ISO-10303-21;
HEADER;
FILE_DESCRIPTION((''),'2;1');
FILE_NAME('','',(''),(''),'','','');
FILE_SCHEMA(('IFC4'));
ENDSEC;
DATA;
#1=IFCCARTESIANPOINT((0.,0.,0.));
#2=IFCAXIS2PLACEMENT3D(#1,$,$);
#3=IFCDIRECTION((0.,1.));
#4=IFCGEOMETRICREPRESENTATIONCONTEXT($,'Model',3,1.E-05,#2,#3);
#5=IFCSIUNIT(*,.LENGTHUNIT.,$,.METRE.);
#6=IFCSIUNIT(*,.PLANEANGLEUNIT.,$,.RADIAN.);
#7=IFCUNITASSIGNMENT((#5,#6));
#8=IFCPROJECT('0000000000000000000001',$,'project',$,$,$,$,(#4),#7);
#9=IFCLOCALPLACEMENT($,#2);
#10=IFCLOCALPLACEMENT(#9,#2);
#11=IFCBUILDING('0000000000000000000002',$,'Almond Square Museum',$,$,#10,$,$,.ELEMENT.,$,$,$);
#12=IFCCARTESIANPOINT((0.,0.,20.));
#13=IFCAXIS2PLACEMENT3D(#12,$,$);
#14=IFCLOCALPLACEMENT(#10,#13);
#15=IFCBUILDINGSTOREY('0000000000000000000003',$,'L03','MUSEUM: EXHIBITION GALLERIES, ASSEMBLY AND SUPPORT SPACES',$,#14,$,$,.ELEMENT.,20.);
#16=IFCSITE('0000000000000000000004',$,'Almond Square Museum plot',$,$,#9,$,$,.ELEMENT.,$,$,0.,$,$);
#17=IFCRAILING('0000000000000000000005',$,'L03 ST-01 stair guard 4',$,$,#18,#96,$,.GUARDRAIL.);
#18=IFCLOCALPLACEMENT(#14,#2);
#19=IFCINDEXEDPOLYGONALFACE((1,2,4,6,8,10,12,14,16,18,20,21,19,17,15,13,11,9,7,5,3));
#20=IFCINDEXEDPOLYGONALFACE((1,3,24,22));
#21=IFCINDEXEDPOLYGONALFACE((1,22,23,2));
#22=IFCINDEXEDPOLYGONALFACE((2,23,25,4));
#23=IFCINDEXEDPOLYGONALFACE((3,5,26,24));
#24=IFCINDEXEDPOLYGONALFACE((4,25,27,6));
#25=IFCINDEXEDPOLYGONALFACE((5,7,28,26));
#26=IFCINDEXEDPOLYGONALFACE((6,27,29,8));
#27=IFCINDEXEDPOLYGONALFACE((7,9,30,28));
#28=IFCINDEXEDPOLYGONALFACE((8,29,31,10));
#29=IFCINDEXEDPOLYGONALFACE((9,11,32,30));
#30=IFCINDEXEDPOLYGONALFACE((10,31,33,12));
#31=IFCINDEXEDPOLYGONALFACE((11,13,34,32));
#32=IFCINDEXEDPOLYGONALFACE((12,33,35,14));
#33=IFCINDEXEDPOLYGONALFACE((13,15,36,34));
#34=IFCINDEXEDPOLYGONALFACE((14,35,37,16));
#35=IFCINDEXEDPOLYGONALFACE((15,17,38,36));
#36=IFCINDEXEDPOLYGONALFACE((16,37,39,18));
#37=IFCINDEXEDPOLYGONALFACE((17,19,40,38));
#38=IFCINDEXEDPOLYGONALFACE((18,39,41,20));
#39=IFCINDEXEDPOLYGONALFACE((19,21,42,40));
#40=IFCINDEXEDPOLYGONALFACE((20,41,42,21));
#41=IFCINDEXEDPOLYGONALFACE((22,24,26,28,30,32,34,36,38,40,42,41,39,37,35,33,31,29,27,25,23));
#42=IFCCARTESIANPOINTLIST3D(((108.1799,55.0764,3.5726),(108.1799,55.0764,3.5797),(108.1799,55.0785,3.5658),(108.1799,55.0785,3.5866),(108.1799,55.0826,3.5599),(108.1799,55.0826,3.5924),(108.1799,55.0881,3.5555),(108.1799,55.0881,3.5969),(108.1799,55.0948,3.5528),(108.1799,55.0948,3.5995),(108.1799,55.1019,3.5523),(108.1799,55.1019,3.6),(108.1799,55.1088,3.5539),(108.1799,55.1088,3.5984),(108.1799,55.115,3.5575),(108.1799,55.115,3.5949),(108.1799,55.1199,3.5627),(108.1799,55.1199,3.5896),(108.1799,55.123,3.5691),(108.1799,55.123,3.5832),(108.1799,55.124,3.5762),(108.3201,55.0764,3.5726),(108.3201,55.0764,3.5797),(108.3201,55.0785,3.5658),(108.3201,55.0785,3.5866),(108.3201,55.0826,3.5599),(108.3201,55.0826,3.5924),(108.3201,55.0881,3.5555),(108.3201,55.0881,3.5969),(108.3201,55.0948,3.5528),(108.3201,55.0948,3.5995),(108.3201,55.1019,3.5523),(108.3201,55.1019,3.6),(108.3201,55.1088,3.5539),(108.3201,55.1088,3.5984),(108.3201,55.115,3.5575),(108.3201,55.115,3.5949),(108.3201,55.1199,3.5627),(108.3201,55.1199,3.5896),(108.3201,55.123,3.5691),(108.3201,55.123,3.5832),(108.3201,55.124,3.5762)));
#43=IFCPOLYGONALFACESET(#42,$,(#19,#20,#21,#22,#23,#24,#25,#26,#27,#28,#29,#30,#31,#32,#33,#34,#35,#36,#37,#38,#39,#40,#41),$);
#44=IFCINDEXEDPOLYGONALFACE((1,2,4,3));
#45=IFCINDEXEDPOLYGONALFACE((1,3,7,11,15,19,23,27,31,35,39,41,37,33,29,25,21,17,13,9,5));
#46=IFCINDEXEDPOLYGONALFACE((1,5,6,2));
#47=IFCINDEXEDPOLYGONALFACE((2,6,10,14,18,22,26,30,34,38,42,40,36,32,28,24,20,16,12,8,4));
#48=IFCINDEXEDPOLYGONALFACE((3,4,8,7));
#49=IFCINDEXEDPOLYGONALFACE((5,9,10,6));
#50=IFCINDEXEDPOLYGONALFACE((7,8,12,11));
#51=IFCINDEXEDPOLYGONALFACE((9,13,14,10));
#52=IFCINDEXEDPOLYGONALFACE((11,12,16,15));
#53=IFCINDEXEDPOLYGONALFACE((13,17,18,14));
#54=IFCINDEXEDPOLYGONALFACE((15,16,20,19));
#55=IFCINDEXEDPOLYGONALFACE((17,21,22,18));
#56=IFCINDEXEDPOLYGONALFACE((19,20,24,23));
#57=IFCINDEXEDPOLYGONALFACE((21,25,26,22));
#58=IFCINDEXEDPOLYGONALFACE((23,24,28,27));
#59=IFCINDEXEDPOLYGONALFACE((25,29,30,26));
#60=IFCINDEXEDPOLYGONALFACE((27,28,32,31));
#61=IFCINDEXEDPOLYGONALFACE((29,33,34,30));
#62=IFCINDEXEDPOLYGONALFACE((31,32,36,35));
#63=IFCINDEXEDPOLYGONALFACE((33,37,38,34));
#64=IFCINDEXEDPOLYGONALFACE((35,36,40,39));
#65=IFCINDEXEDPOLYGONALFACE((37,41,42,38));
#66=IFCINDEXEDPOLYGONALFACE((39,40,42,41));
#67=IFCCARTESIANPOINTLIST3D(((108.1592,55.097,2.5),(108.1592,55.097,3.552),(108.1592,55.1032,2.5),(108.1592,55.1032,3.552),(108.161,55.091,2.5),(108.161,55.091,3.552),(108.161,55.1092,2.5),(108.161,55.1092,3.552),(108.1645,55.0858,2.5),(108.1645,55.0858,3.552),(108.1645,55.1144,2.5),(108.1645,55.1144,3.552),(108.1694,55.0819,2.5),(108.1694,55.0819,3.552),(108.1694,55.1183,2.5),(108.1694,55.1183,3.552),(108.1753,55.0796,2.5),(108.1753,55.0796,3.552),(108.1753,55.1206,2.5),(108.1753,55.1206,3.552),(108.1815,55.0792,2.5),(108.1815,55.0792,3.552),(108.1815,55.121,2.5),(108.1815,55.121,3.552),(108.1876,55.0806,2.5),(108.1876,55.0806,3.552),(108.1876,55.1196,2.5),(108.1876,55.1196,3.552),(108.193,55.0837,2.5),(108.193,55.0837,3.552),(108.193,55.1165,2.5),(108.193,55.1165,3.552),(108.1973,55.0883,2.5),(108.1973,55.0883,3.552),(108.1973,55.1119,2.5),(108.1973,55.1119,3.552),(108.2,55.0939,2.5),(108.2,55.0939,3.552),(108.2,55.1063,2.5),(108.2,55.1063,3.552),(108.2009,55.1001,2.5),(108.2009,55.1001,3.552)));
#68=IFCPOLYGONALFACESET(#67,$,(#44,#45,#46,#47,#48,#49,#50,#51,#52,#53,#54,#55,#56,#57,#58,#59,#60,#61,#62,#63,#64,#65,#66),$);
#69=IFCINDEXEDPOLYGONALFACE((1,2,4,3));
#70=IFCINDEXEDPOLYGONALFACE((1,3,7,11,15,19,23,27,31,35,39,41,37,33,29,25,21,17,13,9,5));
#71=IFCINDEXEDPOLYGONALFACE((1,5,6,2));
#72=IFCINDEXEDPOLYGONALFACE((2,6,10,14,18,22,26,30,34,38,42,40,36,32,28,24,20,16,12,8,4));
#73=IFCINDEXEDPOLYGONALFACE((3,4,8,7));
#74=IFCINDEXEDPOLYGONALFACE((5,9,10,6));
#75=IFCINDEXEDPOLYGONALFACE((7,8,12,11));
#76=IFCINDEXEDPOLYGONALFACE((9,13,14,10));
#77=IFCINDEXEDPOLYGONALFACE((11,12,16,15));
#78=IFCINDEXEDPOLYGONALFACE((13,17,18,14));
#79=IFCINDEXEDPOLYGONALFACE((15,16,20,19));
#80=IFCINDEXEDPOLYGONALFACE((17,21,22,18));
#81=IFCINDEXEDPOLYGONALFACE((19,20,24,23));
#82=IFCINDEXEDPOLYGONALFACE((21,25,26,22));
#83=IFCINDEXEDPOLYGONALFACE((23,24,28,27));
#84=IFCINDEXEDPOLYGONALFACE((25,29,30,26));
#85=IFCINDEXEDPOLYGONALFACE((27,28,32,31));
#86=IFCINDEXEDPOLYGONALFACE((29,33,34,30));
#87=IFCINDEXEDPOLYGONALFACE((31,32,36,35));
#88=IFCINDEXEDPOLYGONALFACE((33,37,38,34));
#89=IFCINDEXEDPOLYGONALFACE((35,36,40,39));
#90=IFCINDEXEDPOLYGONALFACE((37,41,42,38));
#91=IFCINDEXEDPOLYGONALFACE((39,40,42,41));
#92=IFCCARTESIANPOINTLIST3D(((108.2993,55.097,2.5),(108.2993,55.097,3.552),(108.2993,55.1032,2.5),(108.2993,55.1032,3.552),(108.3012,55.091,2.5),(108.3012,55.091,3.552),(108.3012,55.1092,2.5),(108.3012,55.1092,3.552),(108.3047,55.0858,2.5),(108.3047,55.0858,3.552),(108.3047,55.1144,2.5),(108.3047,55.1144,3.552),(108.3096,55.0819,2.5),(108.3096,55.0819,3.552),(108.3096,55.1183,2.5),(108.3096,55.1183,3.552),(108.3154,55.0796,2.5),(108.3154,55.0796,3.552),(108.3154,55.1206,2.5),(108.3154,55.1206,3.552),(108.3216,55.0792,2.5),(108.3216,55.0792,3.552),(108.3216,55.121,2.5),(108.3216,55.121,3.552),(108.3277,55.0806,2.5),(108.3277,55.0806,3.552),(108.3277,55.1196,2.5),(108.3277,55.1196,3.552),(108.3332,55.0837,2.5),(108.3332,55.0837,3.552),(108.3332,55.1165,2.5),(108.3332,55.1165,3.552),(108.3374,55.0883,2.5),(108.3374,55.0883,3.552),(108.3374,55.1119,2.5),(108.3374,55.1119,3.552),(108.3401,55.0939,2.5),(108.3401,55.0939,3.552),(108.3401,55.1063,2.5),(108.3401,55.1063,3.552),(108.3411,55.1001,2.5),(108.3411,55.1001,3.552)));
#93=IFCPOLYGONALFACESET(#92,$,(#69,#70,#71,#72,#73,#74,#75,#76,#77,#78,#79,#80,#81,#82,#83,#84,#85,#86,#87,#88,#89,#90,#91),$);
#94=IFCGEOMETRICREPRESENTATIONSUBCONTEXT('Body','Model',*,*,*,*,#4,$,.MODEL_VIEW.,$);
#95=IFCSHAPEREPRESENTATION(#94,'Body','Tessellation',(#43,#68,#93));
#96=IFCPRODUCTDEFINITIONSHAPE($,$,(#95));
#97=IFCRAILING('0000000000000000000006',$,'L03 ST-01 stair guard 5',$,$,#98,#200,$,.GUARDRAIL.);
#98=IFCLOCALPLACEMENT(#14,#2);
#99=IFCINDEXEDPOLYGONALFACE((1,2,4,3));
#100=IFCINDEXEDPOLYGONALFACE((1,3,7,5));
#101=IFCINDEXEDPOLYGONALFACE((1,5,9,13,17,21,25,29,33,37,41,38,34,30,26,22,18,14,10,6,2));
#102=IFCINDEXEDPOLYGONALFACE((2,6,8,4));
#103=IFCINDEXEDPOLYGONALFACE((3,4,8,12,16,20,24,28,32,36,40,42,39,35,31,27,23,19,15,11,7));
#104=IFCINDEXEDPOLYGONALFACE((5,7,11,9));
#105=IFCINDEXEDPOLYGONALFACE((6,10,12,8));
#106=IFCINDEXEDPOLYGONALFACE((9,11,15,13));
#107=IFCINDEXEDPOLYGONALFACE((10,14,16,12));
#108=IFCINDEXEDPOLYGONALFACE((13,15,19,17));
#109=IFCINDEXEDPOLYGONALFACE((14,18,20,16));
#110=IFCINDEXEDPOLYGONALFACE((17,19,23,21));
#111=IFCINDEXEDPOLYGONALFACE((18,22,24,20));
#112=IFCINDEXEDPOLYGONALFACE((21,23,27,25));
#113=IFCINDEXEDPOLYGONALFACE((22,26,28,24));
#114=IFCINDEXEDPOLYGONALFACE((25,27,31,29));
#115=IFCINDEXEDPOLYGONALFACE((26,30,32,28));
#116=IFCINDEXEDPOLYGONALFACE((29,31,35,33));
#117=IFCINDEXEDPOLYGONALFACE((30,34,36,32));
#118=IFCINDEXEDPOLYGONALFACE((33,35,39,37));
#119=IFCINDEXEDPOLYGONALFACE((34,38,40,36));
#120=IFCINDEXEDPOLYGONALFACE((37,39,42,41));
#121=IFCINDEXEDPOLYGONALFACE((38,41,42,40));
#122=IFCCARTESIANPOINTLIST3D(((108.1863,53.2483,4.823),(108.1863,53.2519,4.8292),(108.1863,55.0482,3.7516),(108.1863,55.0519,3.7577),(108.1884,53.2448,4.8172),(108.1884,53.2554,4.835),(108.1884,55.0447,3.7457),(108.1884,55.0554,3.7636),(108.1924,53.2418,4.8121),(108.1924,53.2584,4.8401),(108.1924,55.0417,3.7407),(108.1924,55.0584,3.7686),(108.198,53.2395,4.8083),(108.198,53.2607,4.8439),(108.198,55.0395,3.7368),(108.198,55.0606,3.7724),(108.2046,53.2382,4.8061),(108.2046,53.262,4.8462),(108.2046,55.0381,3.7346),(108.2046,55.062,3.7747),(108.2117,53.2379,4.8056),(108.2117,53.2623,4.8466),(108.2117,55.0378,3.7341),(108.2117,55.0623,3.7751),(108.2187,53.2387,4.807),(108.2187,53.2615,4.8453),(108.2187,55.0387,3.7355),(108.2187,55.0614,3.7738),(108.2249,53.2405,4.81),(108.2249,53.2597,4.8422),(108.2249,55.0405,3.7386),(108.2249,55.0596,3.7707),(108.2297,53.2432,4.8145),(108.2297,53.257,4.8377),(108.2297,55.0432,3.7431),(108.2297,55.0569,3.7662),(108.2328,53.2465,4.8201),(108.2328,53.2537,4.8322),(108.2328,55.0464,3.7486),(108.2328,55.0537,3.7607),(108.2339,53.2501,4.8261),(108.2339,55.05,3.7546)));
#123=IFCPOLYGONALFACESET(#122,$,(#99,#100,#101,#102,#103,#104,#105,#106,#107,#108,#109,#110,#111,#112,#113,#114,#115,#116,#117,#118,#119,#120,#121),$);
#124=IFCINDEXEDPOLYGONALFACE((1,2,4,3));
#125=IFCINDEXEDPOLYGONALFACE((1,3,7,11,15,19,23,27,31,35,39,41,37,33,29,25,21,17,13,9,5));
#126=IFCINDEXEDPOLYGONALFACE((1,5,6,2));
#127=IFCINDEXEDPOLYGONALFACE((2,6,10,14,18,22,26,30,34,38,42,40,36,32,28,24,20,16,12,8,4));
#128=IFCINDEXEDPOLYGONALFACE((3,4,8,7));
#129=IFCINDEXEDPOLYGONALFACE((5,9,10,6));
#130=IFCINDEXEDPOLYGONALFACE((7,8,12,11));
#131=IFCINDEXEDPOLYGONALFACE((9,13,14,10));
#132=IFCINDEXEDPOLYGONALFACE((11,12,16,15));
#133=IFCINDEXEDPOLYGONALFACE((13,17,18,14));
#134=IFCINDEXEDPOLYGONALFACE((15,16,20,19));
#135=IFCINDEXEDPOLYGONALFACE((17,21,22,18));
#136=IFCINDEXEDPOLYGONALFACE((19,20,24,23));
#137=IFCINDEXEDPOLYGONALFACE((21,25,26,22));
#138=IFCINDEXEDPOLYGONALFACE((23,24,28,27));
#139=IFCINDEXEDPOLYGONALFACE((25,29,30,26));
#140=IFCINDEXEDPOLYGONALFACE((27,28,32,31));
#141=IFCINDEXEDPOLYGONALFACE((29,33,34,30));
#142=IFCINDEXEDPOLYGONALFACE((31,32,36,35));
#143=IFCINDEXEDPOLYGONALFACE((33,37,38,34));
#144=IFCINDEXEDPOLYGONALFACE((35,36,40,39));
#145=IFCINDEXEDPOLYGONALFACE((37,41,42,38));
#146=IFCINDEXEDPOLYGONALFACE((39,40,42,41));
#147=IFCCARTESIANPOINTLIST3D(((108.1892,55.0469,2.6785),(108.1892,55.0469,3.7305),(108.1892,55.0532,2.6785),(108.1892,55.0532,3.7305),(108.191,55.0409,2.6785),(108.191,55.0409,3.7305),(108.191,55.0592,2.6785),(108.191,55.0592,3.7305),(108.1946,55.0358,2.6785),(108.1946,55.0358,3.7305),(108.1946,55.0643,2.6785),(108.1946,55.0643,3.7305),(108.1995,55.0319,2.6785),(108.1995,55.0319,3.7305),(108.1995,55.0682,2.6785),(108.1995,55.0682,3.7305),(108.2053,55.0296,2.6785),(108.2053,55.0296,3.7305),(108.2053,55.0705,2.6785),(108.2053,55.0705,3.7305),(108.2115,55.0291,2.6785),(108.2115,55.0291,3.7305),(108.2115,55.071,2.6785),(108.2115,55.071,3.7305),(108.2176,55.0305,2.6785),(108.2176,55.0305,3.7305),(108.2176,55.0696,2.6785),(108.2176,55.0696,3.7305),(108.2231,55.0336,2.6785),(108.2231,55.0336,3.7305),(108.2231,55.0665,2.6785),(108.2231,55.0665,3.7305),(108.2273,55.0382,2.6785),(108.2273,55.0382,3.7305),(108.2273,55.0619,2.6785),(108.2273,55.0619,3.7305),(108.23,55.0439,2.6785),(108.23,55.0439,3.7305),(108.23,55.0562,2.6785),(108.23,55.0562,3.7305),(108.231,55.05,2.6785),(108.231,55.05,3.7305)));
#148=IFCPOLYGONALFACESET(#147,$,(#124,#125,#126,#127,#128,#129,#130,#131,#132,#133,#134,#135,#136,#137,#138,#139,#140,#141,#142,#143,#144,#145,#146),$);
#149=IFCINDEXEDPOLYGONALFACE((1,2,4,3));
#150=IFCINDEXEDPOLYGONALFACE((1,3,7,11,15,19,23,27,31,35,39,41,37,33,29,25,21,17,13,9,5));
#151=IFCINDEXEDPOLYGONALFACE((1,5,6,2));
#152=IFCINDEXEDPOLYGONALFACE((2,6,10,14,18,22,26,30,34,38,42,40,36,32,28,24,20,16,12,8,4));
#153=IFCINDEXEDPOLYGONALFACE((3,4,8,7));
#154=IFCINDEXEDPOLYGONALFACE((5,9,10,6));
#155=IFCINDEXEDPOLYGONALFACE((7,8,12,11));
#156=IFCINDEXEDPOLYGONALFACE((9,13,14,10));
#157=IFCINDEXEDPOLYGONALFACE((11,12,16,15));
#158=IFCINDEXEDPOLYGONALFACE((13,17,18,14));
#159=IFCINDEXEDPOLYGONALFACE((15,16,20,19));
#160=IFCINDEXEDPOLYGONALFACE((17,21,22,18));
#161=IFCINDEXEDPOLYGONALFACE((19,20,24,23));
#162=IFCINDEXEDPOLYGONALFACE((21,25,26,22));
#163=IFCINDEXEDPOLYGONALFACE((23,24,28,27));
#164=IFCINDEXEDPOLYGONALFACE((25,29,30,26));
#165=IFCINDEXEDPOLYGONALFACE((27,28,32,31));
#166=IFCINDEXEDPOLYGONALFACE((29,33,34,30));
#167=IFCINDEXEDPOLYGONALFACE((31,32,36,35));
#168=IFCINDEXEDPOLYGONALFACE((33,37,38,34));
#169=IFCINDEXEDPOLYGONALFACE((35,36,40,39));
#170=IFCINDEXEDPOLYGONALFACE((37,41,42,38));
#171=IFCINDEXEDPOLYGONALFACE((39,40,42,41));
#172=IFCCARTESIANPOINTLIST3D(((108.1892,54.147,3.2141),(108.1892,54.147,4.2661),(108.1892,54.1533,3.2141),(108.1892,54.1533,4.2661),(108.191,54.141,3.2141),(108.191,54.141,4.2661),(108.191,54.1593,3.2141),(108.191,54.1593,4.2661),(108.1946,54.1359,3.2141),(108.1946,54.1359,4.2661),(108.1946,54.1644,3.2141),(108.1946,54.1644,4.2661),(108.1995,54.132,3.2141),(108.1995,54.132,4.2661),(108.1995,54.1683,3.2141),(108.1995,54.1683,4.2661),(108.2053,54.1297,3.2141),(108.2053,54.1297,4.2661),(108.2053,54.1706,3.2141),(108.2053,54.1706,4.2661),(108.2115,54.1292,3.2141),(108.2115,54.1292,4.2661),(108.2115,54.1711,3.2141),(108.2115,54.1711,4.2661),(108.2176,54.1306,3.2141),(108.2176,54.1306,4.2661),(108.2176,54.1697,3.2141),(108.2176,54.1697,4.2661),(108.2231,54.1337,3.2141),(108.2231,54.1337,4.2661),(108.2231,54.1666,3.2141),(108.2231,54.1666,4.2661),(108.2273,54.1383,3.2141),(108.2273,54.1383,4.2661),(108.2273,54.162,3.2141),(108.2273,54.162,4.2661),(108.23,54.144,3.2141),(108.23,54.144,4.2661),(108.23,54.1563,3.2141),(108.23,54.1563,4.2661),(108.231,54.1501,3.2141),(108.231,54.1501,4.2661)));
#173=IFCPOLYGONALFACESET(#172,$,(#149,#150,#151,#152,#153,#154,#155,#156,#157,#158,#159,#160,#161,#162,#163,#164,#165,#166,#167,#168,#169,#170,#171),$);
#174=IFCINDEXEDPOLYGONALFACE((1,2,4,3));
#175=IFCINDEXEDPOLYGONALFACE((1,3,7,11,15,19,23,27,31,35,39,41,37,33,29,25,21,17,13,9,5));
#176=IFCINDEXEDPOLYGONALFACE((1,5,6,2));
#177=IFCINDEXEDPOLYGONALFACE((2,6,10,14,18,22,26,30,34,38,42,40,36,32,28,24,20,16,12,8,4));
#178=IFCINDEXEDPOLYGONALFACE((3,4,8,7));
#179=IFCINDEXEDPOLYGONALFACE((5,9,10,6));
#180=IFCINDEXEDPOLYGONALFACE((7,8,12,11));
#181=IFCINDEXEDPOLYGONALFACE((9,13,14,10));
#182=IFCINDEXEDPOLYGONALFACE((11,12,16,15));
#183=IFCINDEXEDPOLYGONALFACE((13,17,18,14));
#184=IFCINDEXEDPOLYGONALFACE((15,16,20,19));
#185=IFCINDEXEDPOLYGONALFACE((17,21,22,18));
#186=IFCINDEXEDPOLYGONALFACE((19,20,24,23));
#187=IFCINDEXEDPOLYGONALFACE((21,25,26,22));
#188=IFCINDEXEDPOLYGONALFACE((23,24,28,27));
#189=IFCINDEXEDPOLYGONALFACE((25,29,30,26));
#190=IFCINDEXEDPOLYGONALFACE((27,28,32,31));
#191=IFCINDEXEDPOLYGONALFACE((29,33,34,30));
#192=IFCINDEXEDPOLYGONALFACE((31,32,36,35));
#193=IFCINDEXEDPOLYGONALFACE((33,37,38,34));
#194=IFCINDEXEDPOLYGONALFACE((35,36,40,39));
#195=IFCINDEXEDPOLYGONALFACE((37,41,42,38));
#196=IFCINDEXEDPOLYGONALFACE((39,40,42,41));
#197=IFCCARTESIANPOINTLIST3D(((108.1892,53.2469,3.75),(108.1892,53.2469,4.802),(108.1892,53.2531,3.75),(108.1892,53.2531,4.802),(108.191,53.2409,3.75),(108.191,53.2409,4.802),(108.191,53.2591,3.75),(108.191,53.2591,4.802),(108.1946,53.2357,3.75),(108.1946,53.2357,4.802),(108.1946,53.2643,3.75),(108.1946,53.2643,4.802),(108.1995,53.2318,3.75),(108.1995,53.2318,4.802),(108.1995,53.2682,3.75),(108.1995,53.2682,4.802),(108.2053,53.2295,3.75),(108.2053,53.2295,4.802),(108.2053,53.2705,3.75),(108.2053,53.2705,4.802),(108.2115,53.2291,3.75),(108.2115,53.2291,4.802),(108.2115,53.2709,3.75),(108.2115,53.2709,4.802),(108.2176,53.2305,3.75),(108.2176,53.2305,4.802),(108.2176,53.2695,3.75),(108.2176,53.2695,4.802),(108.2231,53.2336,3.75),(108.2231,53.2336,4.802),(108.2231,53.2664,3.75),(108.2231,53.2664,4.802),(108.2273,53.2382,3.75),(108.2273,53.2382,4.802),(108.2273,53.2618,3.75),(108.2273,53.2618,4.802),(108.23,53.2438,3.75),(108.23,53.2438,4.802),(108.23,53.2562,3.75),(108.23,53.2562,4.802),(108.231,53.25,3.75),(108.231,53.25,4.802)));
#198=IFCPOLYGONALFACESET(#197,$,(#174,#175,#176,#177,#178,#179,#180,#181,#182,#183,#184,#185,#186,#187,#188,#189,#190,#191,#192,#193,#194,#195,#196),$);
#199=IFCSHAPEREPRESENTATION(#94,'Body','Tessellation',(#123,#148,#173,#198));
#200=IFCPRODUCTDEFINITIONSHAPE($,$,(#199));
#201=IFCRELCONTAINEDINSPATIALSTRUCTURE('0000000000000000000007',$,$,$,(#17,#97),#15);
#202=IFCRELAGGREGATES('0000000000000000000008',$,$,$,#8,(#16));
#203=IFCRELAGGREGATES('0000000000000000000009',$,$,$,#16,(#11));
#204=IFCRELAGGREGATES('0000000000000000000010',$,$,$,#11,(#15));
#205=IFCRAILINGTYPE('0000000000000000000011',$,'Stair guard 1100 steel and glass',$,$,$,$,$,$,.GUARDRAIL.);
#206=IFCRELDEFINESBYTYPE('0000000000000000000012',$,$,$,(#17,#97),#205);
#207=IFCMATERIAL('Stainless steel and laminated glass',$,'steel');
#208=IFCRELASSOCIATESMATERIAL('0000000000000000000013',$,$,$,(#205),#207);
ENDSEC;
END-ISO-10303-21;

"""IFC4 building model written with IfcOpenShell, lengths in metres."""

from ifc_helpers import new_model, si_unit, direction, frame, origin, origin_2d, place, context, subcontext, project, spatial, circle, extrude, material, type_object, element, save


model = new_model("IFC4")

# Units and contexts
model_context = context("Model", 3, precision=1e-05, world=origin(), true_north=direction((0.0, 1.0)))
body_context = subcontext(model_context, "Body", "Model", "MODEL_VIEW")
ifc_project = project(units=[si_unit("LENGTHUNIT", "METRE"), si_unit("PLANEANGLEUNIT", "RADIAN")], contexts=[model_context])

# Site, building, storey
site_placement = place(None, origin())
site = spatial("IfcSite", under=ifc_project, at=site_placement, Name="Almond Square Museum plot", CompositionType="ELEMENT", RefElevation=0.0)
building_placement = place(site_placement, origin())
building = spatial("IfcBuilding", under=site, at=building_placement, Name="Almond Square Museum", CompositionType="ELEMENT")
storey_placement = place(building_placement, frame((0.0, 0.0, 20.0)))
storey = spatial("IfcBuildingStorey", under=building, at=storey_placement, Name="L03", Description="MUSEUM: EXHIBITION GALLERIES, ASSEMBLY AND SUPPORT SPACES", CompositionType="ELEMENT", Elevation=20.0)

# Railings
ifc_material_1 = material(Name="Stainless steel and laminated glass", Category="steel")
railing_type_1 = type_object("IfcRailingType", Name="Stair guard 1100 steel and glass", PredefinedType="GUARDRAIL", material=ifc_material_1)
railing_1_placement = place(storey_placement, frame((108.1799, 55.1001, 2.5)))
element("IfcRailing", 1, at=railing_1_placement, inside=storey, type_object=railing_type_1, Name="L03 ST-01 stair guard 4", PredefinedType="GUARDRAIL", context=body_context, shape_type="SweptSolid", body=[
    extrude(circle(Radius=0.0239, at=origin_2d()), frame((0.0, 0.0, 1.0762), z_axis=(1.0, 0.0, 0.0), x_axis=(0.0, 1.0, 0.0)), (0.0, 0.0, 1.0), 0.1401),
    extrude(circle(Radius=0.021, at=origin_2d()), origin(), (0.0, 0.0, 1.0), 1.052),
    extrude(circle(Radius=0.021, at=origin_2d()), frame((0.1401, 0.0, 0.0)), (0.0, 0.0, 1.0), 1.052),
])
railing_2_placement = place(storey_placement, frame((108.21, 55.05, 2.6785)))
element("IfcRailing", 2, at=railing_2_placement, inside=storey, type_object=railing_type_1, Name="L03 ST-01 stair guard 5", PredefinedType="GUARDRAIL", context=body_context, shape_type="SweptSolid", body=[
    extrude(circle(Radius=0.0239, at=origin_2d()), frame((0.0, 0.0, 1.0762), z_axis=(0.0, -0.859277, 0.51151), x_axis=(1.0, 0.0, 0.0)), (0.0, 0.0, 1.0), 2.0947),
    extrude(circle(Radius=0.021, at=origin_2d()), origin(), (0.0, 0.0, 1.0), 1.052),
    extrude(circle(Radius=0.021, at=origin_2d()), frame((0.0, -0.8999, 0.5356)), (0.0, 0.0, 1.0), 1.052),
    extrude(circle(Radius=0.021, at=origin_2d()), frame((0.0, -1.8, 1.0715)), (0.0, 0.0, 1.0), 1.052),
])

save(model, "model.ifc")
